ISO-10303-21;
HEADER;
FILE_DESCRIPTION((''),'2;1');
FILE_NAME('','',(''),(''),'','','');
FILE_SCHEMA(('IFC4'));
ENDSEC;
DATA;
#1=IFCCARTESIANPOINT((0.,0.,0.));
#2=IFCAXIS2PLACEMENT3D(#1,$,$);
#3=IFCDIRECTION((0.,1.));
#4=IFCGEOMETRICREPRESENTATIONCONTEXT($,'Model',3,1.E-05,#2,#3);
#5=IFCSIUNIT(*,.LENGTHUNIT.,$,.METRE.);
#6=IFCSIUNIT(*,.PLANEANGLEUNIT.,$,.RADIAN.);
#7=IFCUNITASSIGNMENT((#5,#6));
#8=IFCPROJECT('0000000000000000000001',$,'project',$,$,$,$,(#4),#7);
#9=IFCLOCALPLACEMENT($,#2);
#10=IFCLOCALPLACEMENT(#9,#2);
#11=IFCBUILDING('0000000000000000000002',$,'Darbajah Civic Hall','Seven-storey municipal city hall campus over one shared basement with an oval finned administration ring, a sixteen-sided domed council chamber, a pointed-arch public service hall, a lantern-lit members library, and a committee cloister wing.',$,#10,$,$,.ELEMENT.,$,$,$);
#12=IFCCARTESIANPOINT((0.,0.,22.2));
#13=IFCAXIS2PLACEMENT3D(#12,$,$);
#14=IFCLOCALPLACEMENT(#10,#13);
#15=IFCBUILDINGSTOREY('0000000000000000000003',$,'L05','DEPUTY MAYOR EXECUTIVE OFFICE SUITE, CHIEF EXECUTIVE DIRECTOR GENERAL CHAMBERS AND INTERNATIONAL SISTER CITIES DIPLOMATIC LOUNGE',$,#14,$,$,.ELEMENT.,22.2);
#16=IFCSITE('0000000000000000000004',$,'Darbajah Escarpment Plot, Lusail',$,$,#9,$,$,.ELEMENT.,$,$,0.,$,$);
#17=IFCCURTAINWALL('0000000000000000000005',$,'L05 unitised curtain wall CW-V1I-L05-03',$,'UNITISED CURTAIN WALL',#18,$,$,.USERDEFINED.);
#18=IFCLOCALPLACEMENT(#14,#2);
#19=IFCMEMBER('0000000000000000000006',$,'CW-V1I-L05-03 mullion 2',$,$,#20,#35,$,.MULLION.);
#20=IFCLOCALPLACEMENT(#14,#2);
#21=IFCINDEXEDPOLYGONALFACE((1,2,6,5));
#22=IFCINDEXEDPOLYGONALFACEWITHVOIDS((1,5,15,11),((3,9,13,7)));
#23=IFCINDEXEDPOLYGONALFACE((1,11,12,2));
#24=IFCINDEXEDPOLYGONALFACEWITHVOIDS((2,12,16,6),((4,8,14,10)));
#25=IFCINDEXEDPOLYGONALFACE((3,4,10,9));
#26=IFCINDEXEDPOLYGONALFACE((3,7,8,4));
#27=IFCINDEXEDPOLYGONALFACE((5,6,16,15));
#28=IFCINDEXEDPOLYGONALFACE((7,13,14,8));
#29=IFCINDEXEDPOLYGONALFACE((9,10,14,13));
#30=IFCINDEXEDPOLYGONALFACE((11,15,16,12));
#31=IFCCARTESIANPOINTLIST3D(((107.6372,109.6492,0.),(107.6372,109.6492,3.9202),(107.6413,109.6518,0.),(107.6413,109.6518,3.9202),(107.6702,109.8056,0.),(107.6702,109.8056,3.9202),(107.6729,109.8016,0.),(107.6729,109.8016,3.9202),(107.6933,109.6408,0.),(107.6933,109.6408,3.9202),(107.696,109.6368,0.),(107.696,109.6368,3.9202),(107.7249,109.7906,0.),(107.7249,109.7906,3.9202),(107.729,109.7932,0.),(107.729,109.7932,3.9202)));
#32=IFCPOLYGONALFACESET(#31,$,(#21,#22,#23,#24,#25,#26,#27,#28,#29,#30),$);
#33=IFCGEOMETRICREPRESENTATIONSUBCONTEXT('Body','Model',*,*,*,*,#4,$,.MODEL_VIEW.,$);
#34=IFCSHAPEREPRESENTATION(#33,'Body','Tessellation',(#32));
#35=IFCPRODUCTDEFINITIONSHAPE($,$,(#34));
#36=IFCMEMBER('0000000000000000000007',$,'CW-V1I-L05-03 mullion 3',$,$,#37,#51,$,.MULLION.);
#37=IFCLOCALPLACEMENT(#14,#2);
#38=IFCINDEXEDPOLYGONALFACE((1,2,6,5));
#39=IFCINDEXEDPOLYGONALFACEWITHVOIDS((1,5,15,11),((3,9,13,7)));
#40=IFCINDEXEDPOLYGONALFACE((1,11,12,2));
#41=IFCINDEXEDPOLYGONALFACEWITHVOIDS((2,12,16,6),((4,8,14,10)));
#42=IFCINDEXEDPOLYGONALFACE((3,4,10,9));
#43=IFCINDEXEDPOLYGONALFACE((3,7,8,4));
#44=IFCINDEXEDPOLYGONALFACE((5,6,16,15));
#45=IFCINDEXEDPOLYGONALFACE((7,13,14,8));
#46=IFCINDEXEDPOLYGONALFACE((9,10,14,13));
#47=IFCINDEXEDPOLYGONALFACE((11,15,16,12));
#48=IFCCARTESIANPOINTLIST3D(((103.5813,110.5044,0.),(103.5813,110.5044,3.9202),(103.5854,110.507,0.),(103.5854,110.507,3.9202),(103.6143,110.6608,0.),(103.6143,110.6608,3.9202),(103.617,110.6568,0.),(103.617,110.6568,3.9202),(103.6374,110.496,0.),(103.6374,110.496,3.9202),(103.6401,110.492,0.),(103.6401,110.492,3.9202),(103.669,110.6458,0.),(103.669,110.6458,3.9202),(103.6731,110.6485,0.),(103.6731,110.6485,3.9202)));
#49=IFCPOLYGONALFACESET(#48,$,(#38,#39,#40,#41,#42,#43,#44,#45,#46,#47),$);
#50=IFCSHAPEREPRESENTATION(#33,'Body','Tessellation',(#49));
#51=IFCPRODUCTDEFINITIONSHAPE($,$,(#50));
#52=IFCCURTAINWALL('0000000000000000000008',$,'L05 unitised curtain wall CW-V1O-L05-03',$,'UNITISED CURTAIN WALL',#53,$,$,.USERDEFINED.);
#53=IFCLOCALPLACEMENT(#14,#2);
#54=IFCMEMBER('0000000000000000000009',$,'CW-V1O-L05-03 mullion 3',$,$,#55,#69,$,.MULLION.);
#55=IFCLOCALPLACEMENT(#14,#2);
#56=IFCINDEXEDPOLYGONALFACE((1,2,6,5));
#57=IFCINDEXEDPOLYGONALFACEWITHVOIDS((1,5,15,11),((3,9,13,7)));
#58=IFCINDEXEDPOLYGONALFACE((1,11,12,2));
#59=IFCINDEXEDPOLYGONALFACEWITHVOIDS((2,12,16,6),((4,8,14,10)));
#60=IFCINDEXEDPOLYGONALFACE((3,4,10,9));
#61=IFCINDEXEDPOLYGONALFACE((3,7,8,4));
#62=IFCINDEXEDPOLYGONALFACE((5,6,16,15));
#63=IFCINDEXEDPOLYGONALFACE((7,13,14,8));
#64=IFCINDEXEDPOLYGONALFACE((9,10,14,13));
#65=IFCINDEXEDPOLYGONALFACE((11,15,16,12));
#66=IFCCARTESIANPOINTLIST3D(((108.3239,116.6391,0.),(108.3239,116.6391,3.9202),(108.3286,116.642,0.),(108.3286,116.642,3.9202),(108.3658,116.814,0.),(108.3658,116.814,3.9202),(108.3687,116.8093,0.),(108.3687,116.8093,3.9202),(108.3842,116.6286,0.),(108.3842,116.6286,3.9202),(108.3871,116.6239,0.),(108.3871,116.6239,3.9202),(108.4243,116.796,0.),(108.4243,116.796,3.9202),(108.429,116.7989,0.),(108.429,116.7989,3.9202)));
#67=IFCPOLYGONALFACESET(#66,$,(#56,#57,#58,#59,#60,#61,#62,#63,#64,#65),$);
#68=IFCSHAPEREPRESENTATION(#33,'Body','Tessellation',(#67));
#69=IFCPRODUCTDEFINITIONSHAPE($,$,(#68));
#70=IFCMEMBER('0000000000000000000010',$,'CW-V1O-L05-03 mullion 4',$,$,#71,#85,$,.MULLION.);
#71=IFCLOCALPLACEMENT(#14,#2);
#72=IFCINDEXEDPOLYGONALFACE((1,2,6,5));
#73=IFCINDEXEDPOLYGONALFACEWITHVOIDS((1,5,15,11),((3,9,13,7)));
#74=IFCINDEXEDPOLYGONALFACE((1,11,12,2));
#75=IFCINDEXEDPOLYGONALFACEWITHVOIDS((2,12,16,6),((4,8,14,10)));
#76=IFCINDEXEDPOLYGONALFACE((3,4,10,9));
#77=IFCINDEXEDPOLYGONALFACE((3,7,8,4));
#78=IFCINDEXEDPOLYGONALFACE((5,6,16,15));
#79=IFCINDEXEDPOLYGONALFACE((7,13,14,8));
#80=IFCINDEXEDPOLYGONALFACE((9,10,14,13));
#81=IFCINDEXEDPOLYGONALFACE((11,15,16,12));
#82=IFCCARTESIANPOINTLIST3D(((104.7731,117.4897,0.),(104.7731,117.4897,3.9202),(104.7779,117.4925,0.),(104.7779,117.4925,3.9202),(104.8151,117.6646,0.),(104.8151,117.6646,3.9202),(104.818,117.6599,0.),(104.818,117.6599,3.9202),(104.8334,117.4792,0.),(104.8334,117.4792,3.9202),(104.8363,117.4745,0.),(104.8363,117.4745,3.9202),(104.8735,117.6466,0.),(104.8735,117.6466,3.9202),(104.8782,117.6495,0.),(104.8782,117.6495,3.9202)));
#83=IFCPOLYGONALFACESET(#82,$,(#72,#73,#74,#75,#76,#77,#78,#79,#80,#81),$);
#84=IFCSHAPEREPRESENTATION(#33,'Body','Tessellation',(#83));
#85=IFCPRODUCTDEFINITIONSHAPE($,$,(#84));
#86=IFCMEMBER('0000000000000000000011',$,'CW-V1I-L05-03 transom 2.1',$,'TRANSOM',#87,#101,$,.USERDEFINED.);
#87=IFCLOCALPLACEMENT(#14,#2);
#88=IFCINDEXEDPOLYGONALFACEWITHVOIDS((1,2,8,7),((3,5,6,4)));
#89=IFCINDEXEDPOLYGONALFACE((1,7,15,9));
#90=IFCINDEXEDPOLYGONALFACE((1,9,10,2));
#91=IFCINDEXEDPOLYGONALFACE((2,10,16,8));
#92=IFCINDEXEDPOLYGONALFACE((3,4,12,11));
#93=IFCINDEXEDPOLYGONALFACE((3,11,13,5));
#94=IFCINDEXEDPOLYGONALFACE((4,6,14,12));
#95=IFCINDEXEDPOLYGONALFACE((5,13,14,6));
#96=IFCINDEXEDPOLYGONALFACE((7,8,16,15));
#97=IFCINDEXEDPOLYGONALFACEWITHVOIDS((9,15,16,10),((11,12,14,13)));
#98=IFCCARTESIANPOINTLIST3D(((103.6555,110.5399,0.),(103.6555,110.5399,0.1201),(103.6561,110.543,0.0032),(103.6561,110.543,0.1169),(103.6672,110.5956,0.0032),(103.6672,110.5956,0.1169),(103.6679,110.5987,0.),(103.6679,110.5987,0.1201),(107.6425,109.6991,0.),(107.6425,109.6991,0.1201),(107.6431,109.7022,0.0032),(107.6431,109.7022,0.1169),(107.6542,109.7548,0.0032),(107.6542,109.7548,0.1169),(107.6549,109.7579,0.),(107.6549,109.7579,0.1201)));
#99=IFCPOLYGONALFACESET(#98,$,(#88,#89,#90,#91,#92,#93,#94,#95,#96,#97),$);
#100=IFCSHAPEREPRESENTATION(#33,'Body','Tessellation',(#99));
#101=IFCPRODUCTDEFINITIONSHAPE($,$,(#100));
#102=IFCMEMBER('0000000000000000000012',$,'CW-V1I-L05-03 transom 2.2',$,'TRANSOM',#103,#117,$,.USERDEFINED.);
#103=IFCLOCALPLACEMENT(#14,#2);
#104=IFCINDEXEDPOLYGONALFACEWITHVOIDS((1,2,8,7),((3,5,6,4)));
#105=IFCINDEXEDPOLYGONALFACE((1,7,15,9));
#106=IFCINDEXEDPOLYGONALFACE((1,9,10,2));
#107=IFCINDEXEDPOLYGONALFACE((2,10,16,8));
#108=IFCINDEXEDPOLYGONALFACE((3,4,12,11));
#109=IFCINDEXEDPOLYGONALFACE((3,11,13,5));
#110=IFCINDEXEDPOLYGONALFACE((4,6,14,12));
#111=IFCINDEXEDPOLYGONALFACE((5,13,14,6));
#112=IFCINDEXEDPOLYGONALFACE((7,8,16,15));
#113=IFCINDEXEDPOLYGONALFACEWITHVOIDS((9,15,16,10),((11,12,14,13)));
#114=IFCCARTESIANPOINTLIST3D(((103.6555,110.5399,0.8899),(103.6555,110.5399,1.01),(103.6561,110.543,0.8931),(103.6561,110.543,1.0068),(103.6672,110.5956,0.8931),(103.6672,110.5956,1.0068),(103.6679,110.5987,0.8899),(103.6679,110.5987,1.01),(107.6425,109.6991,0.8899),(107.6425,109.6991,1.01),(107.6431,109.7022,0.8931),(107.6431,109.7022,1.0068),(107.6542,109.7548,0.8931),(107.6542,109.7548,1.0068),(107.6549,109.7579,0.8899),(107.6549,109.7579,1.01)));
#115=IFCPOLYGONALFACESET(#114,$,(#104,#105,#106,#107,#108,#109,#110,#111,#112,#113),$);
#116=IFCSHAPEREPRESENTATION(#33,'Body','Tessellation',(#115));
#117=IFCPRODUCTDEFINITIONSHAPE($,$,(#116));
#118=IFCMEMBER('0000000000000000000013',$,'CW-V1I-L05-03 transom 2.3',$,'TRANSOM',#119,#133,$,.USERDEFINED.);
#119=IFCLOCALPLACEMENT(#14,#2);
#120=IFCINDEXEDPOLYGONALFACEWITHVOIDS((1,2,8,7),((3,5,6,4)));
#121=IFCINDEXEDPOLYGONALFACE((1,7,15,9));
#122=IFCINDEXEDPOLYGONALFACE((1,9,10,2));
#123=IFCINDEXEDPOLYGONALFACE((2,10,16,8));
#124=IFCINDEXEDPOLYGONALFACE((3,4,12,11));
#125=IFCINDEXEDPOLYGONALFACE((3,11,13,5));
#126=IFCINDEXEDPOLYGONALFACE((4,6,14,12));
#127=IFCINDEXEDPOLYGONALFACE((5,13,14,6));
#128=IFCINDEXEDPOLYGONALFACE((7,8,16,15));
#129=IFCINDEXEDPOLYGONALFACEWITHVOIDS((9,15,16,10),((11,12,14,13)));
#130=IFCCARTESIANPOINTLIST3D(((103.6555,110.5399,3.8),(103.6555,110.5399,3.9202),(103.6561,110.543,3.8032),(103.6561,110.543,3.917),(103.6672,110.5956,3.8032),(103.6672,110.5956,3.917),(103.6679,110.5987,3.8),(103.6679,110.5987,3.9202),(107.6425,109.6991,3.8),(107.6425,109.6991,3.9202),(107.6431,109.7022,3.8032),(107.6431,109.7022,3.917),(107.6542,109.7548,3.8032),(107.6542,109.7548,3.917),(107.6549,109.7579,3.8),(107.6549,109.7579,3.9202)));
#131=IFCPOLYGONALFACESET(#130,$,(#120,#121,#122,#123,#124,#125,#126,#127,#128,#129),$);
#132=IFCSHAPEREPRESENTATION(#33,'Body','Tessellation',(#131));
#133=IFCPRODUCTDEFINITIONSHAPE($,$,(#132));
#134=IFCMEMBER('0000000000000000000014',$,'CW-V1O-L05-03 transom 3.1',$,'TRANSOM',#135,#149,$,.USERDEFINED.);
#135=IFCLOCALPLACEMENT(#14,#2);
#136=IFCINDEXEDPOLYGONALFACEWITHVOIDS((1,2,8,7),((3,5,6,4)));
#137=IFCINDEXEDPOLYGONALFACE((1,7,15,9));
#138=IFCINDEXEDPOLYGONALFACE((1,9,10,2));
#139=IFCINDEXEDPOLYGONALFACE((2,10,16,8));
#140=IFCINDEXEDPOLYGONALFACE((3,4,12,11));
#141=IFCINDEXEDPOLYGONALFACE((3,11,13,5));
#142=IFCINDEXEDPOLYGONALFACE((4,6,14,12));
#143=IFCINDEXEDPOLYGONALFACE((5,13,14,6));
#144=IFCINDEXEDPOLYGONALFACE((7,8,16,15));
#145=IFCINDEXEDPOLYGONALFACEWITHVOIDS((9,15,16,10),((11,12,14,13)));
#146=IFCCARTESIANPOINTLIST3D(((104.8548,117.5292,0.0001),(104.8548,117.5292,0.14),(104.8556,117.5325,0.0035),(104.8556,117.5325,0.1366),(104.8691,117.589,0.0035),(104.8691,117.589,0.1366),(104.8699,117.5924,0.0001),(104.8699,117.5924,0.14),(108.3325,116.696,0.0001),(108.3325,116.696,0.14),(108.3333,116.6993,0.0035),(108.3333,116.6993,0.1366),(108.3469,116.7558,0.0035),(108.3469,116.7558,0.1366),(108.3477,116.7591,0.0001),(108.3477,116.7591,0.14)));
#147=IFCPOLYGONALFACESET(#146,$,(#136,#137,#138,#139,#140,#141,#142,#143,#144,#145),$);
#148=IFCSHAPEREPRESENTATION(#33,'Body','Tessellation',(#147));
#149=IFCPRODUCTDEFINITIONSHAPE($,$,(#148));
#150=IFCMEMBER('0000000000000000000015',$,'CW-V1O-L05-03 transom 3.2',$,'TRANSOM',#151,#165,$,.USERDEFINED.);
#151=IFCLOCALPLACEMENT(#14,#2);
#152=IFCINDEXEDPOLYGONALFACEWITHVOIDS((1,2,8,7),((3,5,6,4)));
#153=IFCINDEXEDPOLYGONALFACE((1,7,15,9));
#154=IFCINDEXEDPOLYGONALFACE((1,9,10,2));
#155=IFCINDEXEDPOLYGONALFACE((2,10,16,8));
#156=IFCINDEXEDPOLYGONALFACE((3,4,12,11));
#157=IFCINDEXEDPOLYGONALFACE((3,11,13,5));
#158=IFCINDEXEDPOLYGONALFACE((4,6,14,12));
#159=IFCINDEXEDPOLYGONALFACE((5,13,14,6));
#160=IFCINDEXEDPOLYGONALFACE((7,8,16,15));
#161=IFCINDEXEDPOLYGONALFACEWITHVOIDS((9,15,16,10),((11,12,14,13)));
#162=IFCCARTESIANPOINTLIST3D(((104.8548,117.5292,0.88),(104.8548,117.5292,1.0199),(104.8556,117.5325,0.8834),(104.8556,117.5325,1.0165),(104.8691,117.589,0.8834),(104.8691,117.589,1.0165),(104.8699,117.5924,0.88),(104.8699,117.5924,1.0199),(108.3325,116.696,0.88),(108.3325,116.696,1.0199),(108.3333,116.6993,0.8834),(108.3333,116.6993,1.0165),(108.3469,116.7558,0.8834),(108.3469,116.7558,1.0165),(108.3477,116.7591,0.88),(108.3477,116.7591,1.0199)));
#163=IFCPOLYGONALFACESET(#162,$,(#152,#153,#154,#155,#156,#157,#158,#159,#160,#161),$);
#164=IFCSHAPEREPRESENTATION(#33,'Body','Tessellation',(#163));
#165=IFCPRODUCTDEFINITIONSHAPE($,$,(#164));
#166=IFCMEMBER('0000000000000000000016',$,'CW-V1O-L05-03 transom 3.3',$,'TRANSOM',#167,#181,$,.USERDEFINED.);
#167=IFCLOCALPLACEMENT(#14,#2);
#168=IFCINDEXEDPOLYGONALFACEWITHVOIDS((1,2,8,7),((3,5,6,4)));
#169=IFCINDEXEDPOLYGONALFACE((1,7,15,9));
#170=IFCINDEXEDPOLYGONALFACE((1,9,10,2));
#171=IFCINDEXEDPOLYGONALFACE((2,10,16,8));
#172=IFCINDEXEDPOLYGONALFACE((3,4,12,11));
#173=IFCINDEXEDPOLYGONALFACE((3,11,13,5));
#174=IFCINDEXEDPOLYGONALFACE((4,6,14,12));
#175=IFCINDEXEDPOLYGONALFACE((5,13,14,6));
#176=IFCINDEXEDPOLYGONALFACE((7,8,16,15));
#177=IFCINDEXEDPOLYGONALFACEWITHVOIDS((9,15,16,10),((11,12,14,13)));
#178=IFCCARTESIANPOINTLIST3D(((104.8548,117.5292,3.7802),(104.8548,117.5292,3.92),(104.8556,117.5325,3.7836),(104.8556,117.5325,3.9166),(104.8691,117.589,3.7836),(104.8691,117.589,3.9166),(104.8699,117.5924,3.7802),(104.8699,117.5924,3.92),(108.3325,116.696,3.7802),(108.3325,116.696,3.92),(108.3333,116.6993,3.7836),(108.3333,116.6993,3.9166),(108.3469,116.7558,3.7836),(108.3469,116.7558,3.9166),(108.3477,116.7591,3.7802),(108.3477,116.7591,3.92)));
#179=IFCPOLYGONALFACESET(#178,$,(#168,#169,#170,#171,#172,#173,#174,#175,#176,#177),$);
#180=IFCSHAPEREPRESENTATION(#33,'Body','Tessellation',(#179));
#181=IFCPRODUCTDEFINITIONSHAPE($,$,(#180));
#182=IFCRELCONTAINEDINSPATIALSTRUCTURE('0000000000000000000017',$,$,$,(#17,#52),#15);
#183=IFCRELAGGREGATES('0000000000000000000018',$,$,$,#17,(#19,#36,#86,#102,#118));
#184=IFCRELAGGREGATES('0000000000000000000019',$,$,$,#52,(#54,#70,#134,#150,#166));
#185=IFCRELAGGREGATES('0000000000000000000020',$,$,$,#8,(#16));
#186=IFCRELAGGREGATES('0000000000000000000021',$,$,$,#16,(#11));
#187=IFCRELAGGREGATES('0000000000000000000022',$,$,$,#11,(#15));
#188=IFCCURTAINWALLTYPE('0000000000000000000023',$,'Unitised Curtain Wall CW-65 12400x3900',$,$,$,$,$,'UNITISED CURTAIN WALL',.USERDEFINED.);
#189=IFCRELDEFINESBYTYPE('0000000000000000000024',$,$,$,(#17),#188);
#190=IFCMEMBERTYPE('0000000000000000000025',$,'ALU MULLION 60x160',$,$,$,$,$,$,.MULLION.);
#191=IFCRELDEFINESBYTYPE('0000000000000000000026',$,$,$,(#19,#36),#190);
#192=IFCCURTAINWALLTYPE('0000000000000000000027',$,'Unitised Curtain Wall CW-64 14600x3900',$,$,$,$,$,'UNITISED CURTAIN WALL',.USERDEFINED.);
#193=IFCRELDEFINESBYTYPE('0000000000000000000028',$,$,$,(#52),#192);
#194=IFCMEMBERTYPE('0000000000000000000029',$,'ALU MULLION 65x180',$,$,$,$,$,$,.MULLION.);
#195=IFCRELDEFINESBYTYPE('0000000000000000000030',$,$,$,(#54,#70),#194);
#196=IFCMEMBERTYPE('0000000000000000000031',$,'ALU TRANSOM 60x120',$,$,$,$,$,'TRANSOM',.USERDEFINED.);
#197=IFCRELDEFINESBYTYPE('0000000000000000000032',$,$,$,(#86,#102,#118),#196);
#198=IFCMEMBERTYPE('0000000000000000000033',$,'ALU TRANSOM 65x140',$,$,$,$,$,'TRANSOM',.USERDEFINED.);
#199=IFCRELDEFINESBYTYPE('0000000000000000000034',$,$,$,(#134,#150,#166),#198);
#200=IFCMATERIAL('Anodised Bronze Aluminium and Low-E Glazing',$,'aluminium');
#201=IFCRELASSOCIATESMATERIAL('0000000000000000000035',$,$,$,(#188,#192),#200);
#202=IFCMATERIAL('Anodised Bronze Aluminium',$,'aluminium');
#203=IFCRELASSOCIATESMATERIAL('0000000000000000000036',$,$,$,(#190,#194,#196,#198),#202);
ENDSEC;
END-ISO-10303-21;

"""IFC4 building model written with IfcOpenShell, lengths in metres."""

from ifc_helpers import new_model, si_unit, direction, frame, origin, origin_2d, place, context, subcontext, project, spatial, hollow_rectangle, extrude, material, material_profile, profile_set, type_object, element, aggregate, save


model = new_model("IFC4")

# Units and contexts
model_context = context("Model", 3, precision=1e-05, world=origin(), true_north=direction((0.0, 1.0)))
body_context = subcontext(model_context, "Body", "Model", "MODEL_VIEW")
ifc_project = project(units=[si_unit("LENGTHUNIT", "METRE"), si_unit("PLANEANGLEUNIT", "RADIAN")], contexts=[model_context])

# Site, building, storey
site_placement = place(None, origin())
site = spatial("IfcSite", under=ifc_project, at=site_placement, Name="Darbajah Escarpment Plot, Lusail", CompositionType="ELEMENT", RefElevation=0.0)
building_placement = place(site_placement, origin())
building = spatial("IfcBuilding", under=site, at=building_placement, Name="Darbajah Civic Hall", Description="Seven-storey municipal city hall campus over one shared basement with an oval finned administration ring, a sixteen-sided domed council chamber, a pointed-arch public service hall, a lantern-lit members library, and a committee cloister wing.", CompositionType="ELEMENT")
storey_placement = place(building_placement, frame((0.0, 0.0, 22.2)))
storey = spatial("IfcBuildingStorey", under=building, at=storey_placement, Name="L05", Description="DEPUTY MAYOR EXECUTIVE OFFICE SUITE, CHIEF EXECUTIVE DIRECTOR GENERAL CHAMBERS AND INTERNATIONAL SISTER CITIES DIPLOMATIC LOUNGE", CompositionType="ELEMENT", Elevation=22.2)

# Curtain walls, members
ifc_material_1 = material(Name="Anodised Bronze Aluminium and Low-E Glazing", Category="aluminium")
curtain_wall_type_1 = type_object("IfcCurtainWallType", Name="Unitised Curtain Wall CW-65 12400x3900", ElementType="UNITISED CURTAIN WALL", PredefinedType="USERDEFINED", material=ifc_material_1)
curtain_wall_1_placement = place(storey_placement, origin())
curtain_wall_1 = element("IfcCurtainWall", 1, at=curtain_wall_1_placement, inside=storey, type_object=curtain_wall_type_1, Name="L05 unitised curtain wall CW-V1I-L05-03", ObjectType="UNITISED CURTAIN WALL", PredefinedType="USERDEFINED")
ifc_material_2 = material(Name="Anodised Bronze Aluminium", Category="aluminium")
ifc_material_profile_1 = material_profile(ifc_material_2, hollow_rectangle(XDim=0.0601, YDim=0.1599, WallThickness=0.0034, at=origin_2d()), Name="ALU MULLION 60x160")
ifc_profile_set_1 = profile_set([ifc_material_profile_1], Name="Anodised Bronze Aluminium")
member_type_1 = type_object("IfcMemberType", Name="ALU MULLION 60x160", PredefinedType="MULLION", material=ifc_profile_set_1)
member_1_placement = place(storey_placement, frame((107.6831, 109.7212, 0.0), z_axis=(0.0, 0.0, 1.0), x_axis=(-0.978473, 0.206375, 0.0)))
member_1 = element("IfcMember", 2, at=member_1_placement, type_object=member_type_1, Name="CW-V1I-L05-03 mullion 2", PredefinedType="MULLION", context=body_context, shape_type="SweptSolid", body=[
    extrude(hollow_rectangle(XDim=0.0601, YDim=0.1599, WallThickness=0.0034, at=origin_2d()), origin(), (0.0, 0.0, 1.0), 3.9202),
])
member_2_placement = place(storey_placement, frame((103.6272, 110.5764, 0.0), z_axis=(0.0, 0.0, 1.0), x_axis=(-0.978473, 0.206375, 0.0)))
member_2 = element("IfcMember", 3, at=member_2_placement, type_object=member_type_1, Name="CW-V1I-L05-03 mullion 3", PredefinedType="MULLION", context=body_context, shape_type="SweptSolid", body=[
    extrude(hollow_rectangle(XDim=0.0601, YDim=0.1599, WallThickness=0.0034, at=origin_2d()), origin(), (0.0, 0.0, 1.0), 3.9202),
])
curtain_wall_type_2 = type_object("IfcCurtainWallType", Name="Unitised Curtain Wall CW-64 14600x3900", ElementType="UNITISED CURTAIN WALL", PredefinedType="USERDEFINED", material=ifc_material_1)
curtain_wall_2_placement = place(storey_placement, origin())
curtain_wall_2 = element("IfcCurtainWall", 4, at=curtain_wall_2_placement, inside=storey, type_object=curtain_wall_type_2, Name="L05 unitised curtain wall CW-V1O-L05-03", ObjectType="UNITISED CURTAIN WALL", PredefinedType="USERDEFINED")
ifc_material_profile_2 = material_profile(ifc_material_2, hollow_rectangle(XDim=0.0649, YDim=0.1799, WallThickness=0.0039, at=origin_2d()), Name="ALU MULLION 65x180")
ifc_profile_set_2 = profile_set([ifc_material_profile_2], Name="Anodised Bronze Aluminium")
member_type_2 = type_object("IfcMemberType", Name="ALU MULLION 65x180", PredefinedType="MULLION", material=ifc_profile_set_2)
member_3_placement = place(storey_placement, frame((108.3765, 116.719, 0.0), z_axis=(0.0, 0.0, 1.0), x_axis=(-0.972492, 0.232936, 0.0)))
member_3 = element("IfcMember", 5, at=member_3_placement, type_object=member_type_2, Name="CW-V1O-L05-03 mullion 3", PredefinedType="MULLION", context=body_context, shape_type="SweptSolid", body=[
    extrude(hollow_rectangle(XDim=0.0649, YDim=0.1799, WallThickness=0.0039, at=origin_2d()), origin(), (0.0, 0.0, 1.0), 3.9202),
])
member_4_placement = place(storey_placement, frame((104.8257, 117.5696, 0.0), z_axis=(0.0, 0.0, 1.0), x_axis=(-0.972492, 0.232936, 0.0)))
member_4 = element("IfcMember", 6, at=member_4_placement, type_object=member_type_2, Name="CW-V1O-L05-03 mullion 4", PredefinedType="MULLION", context=body_context, shape_type="SweptSolid", body=[
    extrude(hollow_rectangle(XDim=0.0649, YDim=0.1799, WallThickness=0.0039, at=origin_2d()), origin(), (0.0, 0.0, 1.0), 3.9202),
])

# Members
ifc_material_profile_3 = material_profile(ifc_material_2, hollow_rectangle(XDim=0.0601, YDim=0.1201, WallThickness=0.0032, at=origin_2d()), Name="ALU TRANSOM 60x120")
ifc_profile_set_3 = profile_set([ifc_material_profile_3], Name="Anodised Bronze Aluminium")
member_type_3 = type_object("IfcMemberType", Name="ALU TRANSOM 60x120", ElementType="TRANSOM", PredefinedType="USERDEFINED", material=ifc_profile_set_3)
member_5_placement = place(storey_placement, frame((107.6487, 109.7285, 0.0601), z_axis=(-0.978479, 0.206349, 0.0), x_axis=(-0.206349, -0.978479, 0.0)))
member_5 = element("IfcMember", 7, at=member_5_placement, type_object=member_type_3, Name="CW-V1I-L05-03 transom 2.1", ObjectType="TRANSOM", PredefinedType="USERDEFINED", context=body_context, shape_type="SweptSolid", body=[
    extrude(hollow_rectangle(XDim=0.0601, YDim=0.1201, WallThickness=0.0032, at=origin_2d()), origin(), (0.0, 0.0, 1.0), 4.0747),
])
member_6_placement = place(storey_placement, frame((107.6487, 109.7285, 0.95), z_axis=(-0.978479, 0.206349, 0.0), x_axis=(-0.206349, -0.978479, 0.0)))
member_6 = element("IfcMember", 8, at=member_6_placement, type_object=member_type_3, Name="CW-V1I-L05-03 transom 2.2", ObjectType="TRANSOM", PredefinedType="USERDEFINED", context=body_context, shape_type="SweptSolid", body=[
    extrude(hollow_rectangle(XDim=0.0601, YDim=0.1201, WallThickness=0.0032, at=origin_2d()), origin(), (0.0, 0.0, 1.0), 4.0747),
])
member_7_placement = place(storey_placement, frame((107.6487, 109.7285, 3.8601), z_axis=(-0.978479, 0.206349, 0.0), x_axis=(-0.206349, -0.978479, 0.0)))
member_7 = element("IfcMember", 9, at=member_7_placement, type_object=member_type_3, Name="CW-V1I-L05-03 transom 2.3", ObjectType="TRANSOM", PredefinedType="USERDEFINED", context=body_context, shape_type="SweptSolid", body=[
    extrude(hollow_rectangle(XDim=0.0601, YDim=0.1201, WallThickness=0.0032, at=origin_2d()), origin(), (0.0, 0.0, 1.0), 4.0747),
])
ifc_material_profile_4 = material_profile(ifc_material_2, hollow_rectangle(XDim=0.0649, YDim=0.1399, WallThickness=0.0034, at=origin_2d()), Name="ALU TRANSOM 65x140")
ifc_profile_set_4 = profile_set([ifc_material_profile_4], Name="Anodised Bronze Aluminium")
member_type_4 = type_object("IfcMemberType", Name="ALU TRANSOM 65x140", ElementType="TRANSOM", PredefinedType="USERDEFINED", material=ifc_profile_set_4)
member_8_placement = place(storey_placement, frame((108.3401, 116.7275, 0.0701), z_axis=(-0.972477, 0.232999, 0.0), x_axis=(-0.232999, -0.972477, 0.0)))
member_8 = element("IfcMember", 10, at=member_8_placement, type_object=member_type_4, Name="CW-V1O-L05-03 transom 3.1", ObjectType="TRANSOM", PredefinedType="USERDEFINED", context=body_context, shape_type="SweptSolid", body=[
    extrude(hollow_rectangle(XDim=0.0649, YDim=0.1399, WallThickness=0.0034, at=origin_2d()), origin(), (0.0, 0.0, 1.0), 3.5762),
])
member_9_placement = place(storey_placement, frame((108.3401, 116.7275, 0.95), z_axis=(-0.972477, 0.232999, 0.0), x_axis=(-0.232999, -0.972477, 0.0)))
member_9 = element("IfcMember", 11, at=member_9_placement, type_object=member_type_4, Name="CW-V1O-L05-03 transom 3.2", ObjectType="TRANSOM", PredefinedType="USERDEFINED", context=body_context, shape_type="SweptSolid", body=[
    extrude(hollow_rectangle(XDim=0.0649, YDim=0.1399, WallThickness=0.0034, at=origin_2d()), origin(), (0.0, 0.0, 1.0), 3.5762),
])
member_10_placement = place(storey_placement, frame((108.3401, 116.7275, 3.8501), z_axis=(-0.972477, 0.232999, 0.0), x_axis=(-0.232999, -0.972477, 0.0)))
member_10 = element("IfcMember", 12, at=member_10_placement, type_object=member_type_4, Name="CW-V1O-L05-03 transom 3.3", ObjectType="TRANSOM", PredefinedType="USERDEFINED", context=body_context, shape_type="SweptSolid", body=[
    extrude(hollow_rectangle(XDim=0.0649, YDim=0.1399, WallThickness=0.0034, at=origin_2d()), origin(), (0.0, 0.0, 1.0), 3.5762),
])

aggregate(curtain_wall_1, [member_1, member_2, member_5, member_6, member_7])
aggregate(curtain_wall_2, [member_3, member_4, member_8, member_9, member_10])

save(model, "model.ifc")
